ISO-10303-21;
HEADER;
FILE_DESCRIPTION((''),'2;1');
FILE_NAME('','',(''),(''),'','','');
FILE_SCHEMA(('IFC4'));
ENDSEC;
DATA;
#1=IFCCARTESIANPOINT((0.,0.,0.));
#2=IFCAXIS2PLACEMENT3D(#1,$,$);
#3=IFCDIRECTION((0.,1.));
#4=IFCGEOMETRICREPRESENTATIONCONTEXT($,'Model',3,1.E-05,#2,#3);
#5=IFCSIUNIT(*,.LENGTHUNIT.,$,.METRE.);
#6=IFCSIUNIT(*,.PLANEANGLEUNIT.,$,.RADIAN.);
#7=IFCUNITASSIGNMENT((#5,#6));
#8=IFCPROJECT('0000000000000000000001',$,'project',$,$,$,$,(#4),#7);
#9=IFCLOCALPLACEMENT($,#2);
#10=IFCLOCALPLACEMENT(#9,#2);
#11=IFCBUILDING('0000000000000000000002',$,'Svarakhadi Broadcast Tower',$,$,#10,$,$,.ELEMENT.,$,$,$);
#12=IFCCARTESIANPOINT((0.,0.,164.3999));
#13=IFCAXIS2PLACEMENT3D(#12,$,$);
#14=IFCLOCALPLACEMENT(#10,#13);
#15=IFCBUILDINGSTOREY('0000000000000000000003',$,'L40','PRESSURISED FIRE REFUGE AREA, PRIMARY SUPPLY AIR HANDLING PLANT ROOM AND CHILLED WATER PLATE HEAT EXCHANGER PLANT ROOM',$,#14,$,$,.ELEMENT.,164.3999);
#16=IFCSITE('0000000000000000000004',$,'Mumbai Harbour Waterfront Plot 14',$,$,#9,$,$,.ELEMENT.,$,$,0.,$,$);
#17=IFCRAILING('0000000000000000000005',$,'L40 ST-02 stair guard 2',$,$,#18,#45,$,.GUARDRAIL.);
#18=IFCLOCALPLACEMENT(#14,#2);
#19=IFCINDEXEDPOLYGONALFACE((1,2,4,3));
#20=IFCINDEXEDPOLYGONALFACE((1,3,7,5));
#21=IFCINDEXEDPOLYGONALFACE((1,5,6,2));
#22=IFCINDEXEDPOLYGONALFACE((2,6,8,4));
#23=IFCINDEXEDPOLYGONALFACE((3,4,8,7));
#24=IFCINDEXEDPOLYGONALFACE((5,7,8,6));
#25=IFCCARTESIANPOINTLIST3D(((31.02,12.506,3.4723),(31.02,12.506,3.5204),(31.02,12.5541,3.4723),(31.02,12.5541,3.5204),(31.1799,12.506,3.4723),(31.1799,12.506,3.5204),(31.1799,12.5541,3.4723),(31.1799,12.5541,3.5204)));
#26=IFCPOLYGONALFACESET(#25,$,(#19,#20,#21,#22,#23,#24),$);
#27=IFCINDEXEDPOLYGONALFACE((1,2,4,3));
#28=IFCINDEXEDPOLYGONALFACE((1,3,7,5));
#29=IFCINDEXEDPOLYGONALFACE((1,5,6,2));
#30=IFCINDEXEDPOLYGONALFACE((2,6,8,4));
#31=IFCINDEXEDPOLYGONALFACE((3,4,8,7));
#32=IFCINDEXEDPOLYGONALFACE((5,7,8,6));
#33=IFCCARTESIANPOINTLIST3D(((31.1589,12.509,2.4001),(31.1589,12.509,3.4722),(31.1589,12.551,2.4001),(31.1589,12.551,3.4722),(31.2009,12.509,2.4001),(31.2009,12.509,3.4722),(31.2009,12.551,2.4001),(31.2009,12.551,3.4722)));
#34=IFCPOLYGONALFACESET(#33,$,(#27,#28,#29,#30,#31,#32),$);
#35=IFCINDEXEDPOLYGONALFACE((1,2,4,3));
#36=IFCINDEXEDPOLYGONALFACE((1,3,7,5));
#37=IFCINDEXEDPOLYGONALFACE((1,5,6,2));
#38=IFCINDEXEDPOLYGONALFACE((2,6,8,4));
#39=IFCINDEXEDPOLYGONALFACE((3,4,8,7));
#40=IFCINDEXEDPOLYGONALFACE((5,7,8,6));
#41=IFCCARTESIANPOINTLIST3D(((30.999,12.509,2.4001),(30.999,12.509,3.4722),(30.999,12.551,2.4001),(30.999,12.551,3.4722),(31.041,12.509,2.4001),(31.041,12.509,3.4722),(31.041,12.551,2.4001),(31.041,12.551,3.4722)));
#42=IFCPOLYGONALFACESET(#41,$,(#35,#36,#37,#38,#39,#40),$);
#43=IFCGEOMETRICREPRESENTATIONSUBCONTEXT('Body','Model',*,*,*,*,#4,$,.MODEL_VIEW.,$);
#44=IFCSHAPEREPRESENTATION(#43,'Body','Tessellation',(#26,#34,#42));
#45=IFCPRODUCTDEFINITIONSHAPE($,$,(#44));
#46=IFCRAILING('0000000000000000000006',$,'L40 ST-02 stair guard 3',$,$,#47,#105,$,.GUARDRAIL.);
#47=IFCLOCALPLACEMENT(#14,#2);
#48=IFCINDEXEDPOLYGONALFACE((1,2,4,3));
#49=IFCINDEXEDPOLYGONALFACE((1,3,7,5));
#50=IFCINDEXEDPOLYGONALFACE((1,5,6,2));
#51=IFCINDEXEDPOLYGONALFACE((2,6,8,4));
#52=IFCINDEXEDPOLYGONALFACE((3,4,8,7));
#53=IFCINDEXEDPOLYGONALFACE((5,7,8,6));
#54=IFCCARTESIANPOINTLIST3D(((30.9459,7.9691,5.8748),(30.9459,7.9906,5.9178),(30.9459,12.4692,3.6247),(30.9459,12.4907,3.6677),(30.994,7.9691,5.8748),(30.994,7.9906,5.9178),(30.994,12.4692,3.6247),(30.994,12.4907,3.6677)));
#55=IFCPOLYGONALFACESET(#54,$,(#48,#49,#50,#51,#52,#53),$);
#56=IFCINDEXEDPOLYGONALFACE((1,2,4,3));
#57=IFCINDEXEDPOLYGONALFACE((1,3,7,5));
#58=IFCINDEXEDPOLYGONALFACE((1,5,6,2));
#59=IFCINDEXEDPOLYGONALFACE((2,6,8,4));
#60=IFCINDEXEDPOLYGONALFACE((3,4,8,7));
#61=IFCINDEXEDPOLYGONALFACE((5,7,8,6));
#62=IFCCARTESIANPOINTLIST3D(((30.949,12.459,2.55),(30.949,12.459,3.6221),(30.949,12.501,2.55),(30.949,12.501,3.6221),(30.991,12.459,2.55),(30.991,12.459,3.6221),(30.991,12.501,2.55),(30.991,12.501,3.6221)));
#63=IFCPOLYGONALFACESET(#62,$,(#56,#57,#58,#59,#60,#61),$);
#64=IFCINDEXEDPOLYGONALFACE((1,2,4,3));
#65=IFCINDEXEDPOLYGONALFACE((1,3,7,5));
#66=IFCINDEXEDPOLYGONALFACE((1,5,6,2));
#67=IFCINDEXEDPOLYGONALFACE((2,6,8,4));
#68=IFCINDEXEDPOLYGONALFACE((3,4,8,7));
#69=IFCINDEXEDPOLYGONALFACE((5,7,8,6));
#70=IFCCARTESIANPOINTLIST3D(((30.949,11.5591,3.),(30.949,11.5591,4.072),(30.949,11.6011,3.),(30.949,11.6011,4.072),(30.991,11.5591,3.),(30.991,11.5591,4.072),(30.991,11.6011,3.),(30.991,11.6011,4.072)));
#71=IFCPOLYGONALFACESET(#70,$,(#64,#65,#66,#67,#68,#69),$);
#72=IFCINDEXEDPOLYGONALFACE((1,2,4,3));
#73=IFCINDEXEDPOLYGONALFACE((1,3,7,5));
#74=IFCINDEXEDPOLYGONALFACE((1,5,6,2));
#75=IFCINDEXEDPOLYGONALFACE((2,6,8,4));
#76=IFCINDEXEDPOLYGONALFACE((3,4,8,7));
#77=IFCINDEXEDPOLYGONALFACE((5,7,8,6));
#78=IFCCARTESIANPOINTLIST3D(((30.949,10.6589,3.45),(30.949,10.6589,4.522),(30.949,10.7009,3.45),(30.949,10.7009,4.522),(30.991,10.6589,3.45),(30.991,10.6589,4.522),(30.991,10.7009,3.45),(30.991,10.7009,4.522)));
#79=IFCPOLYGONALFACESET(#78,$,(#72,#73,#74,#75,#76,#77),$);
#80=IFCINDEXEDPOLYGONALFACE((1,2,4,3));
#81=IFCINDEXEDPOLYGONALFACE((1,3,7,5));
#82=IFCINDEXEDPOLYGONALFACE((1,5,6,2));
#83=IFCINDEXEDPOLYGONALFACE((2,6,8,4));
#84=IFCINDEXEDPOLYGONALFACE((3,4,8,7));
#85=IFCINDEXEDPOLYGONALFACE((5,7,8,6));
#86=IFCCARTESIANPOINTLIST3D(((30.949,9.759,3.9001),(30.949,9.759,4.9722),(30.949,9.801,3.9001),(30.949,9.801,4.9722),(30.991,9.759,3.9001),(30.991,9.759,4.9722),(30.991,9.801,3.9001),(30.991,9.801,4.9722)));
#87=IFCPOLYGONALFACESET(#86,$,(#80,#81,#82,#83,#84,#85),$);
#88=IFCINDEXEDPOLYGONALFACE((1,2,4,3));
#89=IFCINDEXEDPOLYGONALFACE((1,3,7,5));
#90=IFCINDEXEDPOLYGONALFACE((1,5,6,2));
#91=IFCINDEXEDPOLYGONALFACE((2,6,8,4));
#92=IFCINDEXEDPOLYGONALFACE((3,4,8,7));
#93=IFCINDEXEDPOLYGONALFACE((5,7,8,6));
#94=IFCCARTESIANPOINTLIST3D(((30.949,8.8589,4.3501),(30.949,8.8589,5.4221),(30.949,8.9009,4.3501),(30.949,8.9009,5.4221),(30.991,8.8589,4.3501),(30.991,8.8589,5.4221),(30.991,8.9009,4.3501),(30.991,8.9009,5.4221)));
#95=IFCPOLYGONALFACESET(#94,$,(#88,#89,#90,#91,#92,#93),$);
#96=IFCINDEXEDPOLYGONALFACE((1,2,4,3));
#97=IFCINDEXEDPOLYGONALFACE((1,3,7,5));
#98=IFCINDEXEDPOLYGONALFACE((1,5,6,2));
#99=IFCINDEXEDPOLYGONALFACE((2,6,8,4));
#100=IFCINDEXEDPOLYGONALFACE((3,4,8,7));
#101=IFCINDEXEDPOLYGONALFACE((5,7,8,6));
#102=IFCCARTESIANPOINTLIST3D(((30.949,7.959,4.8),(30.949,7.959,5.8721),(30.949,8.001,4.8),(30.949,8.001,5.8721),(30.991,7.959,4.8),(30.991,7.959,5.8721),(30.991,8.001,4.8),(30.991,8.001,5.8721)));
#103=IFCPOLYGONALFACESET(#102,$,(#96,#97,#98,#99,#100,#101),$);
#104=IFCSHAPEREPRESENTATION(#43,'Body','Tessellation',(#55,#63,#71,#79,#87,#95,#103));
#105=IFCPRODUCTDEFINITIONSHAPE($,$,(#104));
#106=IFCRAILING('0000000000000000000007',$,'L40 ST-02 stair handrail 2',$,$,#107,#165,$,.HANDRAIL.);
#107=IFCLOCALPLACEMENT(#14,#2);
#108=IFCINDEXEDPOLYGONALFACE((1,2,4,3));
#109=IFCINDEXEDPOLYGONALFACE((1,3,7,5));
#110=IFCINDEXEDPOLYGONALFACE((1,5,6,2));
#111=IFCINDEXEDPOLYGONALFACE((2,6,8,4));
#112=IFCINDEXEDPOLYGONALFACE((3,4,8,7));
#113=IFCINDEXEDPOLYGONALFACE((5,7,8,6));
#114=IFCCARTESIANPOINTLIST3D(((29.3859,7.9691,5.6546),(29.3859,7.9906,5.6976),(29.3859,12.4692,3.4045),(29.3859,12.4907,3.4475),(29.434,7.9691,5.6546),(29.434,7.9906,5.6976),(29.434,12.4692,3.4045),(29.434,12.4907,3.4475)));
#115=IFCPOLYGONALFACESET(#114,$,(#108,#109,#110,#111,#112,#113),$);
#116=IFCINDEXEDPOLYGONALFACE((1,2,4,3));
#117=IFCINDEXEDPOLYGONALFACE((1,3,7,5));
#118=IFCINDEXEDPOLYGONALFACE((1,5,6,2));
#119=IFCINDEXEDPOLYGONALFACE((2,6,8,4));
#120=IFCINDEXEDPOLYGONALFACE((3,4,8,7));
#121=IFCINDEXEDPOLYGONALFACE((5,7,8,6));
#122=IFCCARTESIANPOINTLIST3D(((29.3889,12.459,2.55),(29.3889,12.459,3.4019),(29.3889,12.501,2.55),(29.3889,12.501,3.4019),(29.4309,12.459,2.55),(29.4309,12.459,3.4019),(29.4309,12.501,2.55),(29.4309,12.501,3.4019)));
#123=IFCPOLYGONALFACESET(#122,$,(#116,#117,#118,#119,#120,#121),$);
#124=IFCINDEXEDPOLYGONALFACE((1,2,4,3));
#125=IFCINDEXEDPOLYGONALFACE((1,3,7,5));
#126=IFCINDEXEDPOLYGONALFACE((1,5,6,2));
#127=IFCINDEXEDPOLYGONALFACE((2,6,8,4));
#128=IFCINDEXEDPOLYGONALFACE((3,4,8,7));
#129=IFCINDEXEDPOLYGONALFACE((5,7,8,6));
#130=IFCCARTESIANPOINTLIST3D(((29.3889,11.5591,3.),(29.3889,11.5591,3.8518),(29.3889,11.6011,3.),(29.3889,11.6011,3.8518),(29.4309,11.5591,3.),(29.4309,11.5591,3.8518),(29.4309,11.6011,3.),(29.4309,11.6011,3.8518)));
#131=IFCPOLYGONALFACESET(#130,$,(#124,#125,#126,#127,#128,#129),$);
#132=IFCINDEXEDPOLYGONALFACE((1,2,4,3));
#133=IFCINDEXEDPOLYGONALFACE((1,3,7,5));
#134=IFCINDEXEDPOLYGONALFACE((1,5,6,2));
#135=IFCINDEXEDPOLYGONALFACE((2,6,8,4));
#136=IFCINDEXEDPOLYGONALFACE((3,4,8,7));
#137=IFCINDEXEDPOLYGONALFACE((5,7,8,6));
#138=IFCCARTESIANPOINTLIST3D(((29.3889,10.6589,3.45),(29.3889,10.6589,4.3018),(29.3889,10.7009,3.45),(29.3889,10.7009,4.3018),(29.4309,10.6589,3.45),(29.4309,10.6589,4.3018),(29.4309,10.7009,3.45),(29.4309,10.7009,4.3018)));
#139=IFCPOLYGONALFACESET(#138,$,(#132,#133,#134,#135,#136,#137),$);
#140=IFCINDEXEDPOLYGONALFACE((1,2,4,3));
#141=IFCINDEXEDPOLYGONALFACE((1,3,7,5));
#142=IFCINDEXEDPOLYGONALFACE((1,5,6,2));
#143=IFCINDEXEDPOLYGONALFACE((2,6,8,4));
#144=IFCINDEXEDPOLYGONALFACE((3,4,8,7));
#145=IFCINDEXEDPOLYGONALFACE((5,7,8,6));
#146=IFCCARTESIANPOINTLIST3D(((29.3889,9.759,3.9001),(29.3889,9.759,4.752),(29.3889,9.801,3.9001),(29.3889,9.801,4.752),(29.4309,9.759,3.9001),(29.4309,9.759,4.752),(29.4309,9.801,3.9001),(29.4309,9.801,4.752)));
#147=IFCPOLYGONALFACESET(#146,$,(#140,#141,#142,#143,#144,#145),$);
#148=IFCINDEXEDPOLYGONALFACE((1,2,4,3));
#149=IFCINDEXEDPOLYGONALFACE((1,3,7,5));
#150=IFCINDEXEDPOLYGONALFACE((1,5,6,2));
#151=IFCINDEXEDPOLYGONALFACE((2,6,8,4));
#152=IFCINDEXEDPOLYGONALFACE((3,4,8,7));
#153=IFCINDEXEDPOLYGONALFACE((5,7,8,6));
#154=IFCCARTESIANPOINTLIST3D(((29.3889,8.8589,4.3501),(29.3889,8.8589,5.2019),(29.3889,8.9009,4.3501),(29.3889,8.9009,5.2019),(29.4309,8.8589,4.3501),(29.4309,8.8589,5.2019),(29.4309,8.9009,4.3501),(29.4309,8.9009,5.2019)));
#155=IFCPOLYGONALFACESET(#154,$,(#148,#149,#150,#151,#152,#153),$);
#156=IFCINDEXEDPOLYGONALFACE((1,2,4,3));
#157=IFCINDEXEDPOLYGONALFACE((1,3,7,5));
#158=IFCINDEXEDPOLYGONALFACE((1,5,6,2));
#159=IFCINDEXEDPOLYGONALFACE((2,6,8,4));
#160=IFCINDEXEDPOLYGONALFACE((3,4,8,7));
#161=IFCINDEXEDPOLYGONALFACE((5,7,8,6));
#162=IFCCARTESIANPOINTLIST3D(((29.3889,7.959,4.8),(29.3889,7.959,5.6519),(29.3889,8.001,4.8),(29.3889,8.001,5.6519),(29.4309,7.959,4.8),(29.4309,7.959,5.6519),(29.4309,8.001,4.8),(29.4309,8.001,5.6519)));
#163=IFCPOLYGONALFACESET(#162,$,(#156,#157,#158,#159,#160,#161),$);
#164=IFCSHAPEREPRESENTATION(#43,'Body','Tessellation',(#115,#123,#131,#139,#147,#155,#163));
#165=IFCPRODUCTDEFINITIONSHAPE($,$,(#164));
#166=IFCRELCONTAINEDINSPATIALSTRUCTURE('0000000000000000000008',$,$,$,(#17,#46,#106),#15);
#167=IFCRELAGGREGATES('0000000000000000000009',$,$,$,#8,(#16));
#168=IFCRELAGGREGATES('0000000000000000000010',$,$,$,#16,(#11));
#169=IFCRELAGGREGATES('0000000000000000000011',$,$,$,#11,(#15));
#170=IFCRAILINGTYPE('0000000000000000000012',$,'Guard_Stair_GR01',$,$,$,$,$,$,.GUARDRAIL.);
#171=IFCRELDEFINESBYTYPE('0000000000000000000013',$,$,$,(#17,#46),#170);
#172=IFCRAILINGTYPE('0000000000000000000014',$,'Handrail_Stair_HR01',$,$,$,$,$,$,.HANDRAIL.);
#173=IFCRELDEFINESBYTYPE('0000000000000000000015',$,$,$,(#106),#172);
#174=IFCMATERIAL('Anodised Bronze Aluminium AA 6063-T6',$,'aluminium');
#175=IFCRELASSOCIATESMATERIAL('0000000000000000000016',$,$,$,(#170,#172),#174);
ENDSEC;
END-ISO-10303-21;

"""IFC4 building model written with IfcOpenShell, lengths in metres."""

from ifc_helpers import new_model, si_unit, direction, frame, origin, origin_2d, place, context, subcontext, project, spatial, rectangle, extrude, material, type_object, element, save


model = new_model("IFC4")

# Units and contexts
model_context = context("Model", 3, precision=1e-05, world=origin(), true_north=direction((0.0, 1.0)))
body_context = subcontext(model_context, "Body", "Model", "MODEL_VIEW")
ifc_project = project(units=[si_unit("LENGTHUNIT", "METRE"), si_unit("PLANEANGLEUNIT", "RADIAN")], contexts=[model_context])

# Site, building, storey
site_placement = place(None, origin())
site = spatial("IfcSite", under=ifc_project, at=site_placement, Name="Mumbai Harbour Waterfront Plot 14", CompositionType="ELEMENT", RefElevation=0.0)
building_placement = place(site_placement, origin())
building = spatial("IfcBuilding", under=site, at=building_placement, Name="Svarakhadi Broadcast Tower", CompositionType="ELEMENT")
storey_placement = place(building_placement, frame((0.0, 0.0, 164.3999)))
storey = spatial("IfcBuildingStorey", under=building, at=storey_placement, Name="L40", Description="PRESSURISED FIRE REFUGE AREA, PRIMARY SUPPLY AIR HANDLING PLANT ROOM AND CHILLED WATER PLATE HEAT EXCHANGER PLANT ROOM", CompositionType="ELEMENT", Elevation=164.3999)

# Railings
ifc_material_1 = material(Name="Anodised Bronze Aluminium AA 6063-T6", Category="aluminium")
railing_type_1 = type_object("IfcRailingType", Name="Guard_Stair_GR01", PredefinedType="GUARDRAIL", material=ifc_material_1)
railing_1_placement = place(storey_placement, frame((31.1799, 12.53, 2.4001)))
element("IfcRailing", 1, at=railing_1_placement, inside=storey, type_object=railing_type_1, Name="L40 ST-02 stair guard 2", PredefinedType="GUARDRAIL", context=body_context, shape_type="SweptSolid", body=[
    extrude(rectangle(XDim=0.0481, YDim=0.0481, at=origin_2d()), frame((0.0, 0.0, 1.0962), z_axis=(-1.0, 0.0, 0.0), x_axis=(0.0, -1.0, 0.0)), (0.0, 0.0, 1.0), 0.1599),
    extrude(rectangle(XDim=0.042, YDim=0.042, at=origin_2d()), origin(), (0.0, 0.0, 1.0), 1.072),
    extrude(rectangle(XDim=0.042, YDim=0.042, at=origin_2d()), frame((-0.1599, 0.0, 0.0)), (0.0, 0.0, 1.0), 1.072),
])
railing_2_placement = place(storey_placement, frame((30.97, 12.48, 2.55)))
element("IfcRailing", 2, at=railing_2_placement, inside=storey, type_object=railing_type_1, Name="L40 ST-02 stair guard 3", PredefinedType="GUARDRAIL", context=body_context, shape_type="SweptSolid", body=[
    extrude(rectangle(XDim=0.0481, YDim=0.0481, at=origin_2d()), frame((0.0, 0.0, 1.0962), z_axis=(0.0, -0.894427, 0.447214), x_axis=(1.0, 0.0, 0.0)), (0.0, 0.0, 1.0), 5.0312),
    extrude(rectangle(XDim=0.042, YDim=0.042, at=origin_2d()), origin(), (0.0, 0.0, 1.0), 1.072),
    extrude(rectangle(XDim=0.042, YDim=0.042, at=origin_2d()), frame((0.0, -0.8999, 0.45)), (0.0, 0.0, 1.0), 1.072),
    extrude(rectangle(XDim=0.042, YDim=0.042, at=origin_2d()), frame((0.0, -1.8, 0.8999)), (0.0, 0.0, 1.0), 1.072),
    extrude(rectangle(XDim=0.042, YDim=0.042, at=origin_2d()), frame((0.0, -2.7, 1.3501)), (0.0, 0.0, 1.0), 1.072),
    extrude(rectangle(XDim=0.042, YDim=0.042, at=origin_2d()), frame((0.0, -3.6001, 1.8)), (0.0, 0.0, 1.0), 1.072),
    extrude(rectangle(XDim=0.042, YDim=0.042, at=origin_2d()), frame((0.0, -4.5, 2.25)), (0.0, 0.0, 1.0), 1.072),
])
railing_type_2 = type_object("IfcRailingType", Name="Handrail_Stair_HR01", PredefinedType="HANDRAIL", material=ifc_material_1)
railing_3_placement = place(storey_placement, frame((29.4099, 12.48, 2.55)))
element("IfcRailing", 3, at=railing_3_placement, inside=storey, type_object=railing_type_2, Name="L40 ST-02 stair handrail 2", PredefinedType="HANDRAIL", context=body_context, shape_type="SweptSolid", body=[
    extrude(rectangle(XDim=0.0481, YDim=0.0481, at=origin_2d()), frame((0.0, 0.0, 0.876), z_axis=(0.0, -0.894427, 0.447214), x_axis=(1.0, 0.0, 0.0)), (0.0, 0.0, 1.0), 5.0312),
    extrude(rectangle(XDim=0.042, YDim=0.042, at=origin_2d()), origin(), (0.0, 0.0, 1.0), 0.8518),
    extrude(rectangle(XDim=0.042, YDim=0.042, at=origin_2d()), frame((0.0, -0.8999, 0.45)), (0.0, 0.0, 1.0), 0.8518),
    extrude(rectangle(XDim=0.042, YDim=0.042, at=origin_2d()), frame((0.0, -1.8, 0.8999)), (0.0, 0.0, 1.0), 0.8518),
    extrude(rectangle(XDim=0.042, YDim=0.042, at=origin_2d()), frame((0.0, -2.7, 1.3501)), (0.0, 0.0, 1.0), 0.8518),
    extrude(rectangle(XDim=0.042, YDim=0.042, at=origin_2d()), frame((0.0, -3.6001, 1.8)), (0.0, 0.0, 1.0), 0.8518),
    extrude(rectangle(XDim=0.042, YDim=0.042, at=origin_2d()), frame((0.0, -4.5, 2.25)), (0.0, 0.0, 1.0), 0.8518),
])

save(model, "model.ifc")
